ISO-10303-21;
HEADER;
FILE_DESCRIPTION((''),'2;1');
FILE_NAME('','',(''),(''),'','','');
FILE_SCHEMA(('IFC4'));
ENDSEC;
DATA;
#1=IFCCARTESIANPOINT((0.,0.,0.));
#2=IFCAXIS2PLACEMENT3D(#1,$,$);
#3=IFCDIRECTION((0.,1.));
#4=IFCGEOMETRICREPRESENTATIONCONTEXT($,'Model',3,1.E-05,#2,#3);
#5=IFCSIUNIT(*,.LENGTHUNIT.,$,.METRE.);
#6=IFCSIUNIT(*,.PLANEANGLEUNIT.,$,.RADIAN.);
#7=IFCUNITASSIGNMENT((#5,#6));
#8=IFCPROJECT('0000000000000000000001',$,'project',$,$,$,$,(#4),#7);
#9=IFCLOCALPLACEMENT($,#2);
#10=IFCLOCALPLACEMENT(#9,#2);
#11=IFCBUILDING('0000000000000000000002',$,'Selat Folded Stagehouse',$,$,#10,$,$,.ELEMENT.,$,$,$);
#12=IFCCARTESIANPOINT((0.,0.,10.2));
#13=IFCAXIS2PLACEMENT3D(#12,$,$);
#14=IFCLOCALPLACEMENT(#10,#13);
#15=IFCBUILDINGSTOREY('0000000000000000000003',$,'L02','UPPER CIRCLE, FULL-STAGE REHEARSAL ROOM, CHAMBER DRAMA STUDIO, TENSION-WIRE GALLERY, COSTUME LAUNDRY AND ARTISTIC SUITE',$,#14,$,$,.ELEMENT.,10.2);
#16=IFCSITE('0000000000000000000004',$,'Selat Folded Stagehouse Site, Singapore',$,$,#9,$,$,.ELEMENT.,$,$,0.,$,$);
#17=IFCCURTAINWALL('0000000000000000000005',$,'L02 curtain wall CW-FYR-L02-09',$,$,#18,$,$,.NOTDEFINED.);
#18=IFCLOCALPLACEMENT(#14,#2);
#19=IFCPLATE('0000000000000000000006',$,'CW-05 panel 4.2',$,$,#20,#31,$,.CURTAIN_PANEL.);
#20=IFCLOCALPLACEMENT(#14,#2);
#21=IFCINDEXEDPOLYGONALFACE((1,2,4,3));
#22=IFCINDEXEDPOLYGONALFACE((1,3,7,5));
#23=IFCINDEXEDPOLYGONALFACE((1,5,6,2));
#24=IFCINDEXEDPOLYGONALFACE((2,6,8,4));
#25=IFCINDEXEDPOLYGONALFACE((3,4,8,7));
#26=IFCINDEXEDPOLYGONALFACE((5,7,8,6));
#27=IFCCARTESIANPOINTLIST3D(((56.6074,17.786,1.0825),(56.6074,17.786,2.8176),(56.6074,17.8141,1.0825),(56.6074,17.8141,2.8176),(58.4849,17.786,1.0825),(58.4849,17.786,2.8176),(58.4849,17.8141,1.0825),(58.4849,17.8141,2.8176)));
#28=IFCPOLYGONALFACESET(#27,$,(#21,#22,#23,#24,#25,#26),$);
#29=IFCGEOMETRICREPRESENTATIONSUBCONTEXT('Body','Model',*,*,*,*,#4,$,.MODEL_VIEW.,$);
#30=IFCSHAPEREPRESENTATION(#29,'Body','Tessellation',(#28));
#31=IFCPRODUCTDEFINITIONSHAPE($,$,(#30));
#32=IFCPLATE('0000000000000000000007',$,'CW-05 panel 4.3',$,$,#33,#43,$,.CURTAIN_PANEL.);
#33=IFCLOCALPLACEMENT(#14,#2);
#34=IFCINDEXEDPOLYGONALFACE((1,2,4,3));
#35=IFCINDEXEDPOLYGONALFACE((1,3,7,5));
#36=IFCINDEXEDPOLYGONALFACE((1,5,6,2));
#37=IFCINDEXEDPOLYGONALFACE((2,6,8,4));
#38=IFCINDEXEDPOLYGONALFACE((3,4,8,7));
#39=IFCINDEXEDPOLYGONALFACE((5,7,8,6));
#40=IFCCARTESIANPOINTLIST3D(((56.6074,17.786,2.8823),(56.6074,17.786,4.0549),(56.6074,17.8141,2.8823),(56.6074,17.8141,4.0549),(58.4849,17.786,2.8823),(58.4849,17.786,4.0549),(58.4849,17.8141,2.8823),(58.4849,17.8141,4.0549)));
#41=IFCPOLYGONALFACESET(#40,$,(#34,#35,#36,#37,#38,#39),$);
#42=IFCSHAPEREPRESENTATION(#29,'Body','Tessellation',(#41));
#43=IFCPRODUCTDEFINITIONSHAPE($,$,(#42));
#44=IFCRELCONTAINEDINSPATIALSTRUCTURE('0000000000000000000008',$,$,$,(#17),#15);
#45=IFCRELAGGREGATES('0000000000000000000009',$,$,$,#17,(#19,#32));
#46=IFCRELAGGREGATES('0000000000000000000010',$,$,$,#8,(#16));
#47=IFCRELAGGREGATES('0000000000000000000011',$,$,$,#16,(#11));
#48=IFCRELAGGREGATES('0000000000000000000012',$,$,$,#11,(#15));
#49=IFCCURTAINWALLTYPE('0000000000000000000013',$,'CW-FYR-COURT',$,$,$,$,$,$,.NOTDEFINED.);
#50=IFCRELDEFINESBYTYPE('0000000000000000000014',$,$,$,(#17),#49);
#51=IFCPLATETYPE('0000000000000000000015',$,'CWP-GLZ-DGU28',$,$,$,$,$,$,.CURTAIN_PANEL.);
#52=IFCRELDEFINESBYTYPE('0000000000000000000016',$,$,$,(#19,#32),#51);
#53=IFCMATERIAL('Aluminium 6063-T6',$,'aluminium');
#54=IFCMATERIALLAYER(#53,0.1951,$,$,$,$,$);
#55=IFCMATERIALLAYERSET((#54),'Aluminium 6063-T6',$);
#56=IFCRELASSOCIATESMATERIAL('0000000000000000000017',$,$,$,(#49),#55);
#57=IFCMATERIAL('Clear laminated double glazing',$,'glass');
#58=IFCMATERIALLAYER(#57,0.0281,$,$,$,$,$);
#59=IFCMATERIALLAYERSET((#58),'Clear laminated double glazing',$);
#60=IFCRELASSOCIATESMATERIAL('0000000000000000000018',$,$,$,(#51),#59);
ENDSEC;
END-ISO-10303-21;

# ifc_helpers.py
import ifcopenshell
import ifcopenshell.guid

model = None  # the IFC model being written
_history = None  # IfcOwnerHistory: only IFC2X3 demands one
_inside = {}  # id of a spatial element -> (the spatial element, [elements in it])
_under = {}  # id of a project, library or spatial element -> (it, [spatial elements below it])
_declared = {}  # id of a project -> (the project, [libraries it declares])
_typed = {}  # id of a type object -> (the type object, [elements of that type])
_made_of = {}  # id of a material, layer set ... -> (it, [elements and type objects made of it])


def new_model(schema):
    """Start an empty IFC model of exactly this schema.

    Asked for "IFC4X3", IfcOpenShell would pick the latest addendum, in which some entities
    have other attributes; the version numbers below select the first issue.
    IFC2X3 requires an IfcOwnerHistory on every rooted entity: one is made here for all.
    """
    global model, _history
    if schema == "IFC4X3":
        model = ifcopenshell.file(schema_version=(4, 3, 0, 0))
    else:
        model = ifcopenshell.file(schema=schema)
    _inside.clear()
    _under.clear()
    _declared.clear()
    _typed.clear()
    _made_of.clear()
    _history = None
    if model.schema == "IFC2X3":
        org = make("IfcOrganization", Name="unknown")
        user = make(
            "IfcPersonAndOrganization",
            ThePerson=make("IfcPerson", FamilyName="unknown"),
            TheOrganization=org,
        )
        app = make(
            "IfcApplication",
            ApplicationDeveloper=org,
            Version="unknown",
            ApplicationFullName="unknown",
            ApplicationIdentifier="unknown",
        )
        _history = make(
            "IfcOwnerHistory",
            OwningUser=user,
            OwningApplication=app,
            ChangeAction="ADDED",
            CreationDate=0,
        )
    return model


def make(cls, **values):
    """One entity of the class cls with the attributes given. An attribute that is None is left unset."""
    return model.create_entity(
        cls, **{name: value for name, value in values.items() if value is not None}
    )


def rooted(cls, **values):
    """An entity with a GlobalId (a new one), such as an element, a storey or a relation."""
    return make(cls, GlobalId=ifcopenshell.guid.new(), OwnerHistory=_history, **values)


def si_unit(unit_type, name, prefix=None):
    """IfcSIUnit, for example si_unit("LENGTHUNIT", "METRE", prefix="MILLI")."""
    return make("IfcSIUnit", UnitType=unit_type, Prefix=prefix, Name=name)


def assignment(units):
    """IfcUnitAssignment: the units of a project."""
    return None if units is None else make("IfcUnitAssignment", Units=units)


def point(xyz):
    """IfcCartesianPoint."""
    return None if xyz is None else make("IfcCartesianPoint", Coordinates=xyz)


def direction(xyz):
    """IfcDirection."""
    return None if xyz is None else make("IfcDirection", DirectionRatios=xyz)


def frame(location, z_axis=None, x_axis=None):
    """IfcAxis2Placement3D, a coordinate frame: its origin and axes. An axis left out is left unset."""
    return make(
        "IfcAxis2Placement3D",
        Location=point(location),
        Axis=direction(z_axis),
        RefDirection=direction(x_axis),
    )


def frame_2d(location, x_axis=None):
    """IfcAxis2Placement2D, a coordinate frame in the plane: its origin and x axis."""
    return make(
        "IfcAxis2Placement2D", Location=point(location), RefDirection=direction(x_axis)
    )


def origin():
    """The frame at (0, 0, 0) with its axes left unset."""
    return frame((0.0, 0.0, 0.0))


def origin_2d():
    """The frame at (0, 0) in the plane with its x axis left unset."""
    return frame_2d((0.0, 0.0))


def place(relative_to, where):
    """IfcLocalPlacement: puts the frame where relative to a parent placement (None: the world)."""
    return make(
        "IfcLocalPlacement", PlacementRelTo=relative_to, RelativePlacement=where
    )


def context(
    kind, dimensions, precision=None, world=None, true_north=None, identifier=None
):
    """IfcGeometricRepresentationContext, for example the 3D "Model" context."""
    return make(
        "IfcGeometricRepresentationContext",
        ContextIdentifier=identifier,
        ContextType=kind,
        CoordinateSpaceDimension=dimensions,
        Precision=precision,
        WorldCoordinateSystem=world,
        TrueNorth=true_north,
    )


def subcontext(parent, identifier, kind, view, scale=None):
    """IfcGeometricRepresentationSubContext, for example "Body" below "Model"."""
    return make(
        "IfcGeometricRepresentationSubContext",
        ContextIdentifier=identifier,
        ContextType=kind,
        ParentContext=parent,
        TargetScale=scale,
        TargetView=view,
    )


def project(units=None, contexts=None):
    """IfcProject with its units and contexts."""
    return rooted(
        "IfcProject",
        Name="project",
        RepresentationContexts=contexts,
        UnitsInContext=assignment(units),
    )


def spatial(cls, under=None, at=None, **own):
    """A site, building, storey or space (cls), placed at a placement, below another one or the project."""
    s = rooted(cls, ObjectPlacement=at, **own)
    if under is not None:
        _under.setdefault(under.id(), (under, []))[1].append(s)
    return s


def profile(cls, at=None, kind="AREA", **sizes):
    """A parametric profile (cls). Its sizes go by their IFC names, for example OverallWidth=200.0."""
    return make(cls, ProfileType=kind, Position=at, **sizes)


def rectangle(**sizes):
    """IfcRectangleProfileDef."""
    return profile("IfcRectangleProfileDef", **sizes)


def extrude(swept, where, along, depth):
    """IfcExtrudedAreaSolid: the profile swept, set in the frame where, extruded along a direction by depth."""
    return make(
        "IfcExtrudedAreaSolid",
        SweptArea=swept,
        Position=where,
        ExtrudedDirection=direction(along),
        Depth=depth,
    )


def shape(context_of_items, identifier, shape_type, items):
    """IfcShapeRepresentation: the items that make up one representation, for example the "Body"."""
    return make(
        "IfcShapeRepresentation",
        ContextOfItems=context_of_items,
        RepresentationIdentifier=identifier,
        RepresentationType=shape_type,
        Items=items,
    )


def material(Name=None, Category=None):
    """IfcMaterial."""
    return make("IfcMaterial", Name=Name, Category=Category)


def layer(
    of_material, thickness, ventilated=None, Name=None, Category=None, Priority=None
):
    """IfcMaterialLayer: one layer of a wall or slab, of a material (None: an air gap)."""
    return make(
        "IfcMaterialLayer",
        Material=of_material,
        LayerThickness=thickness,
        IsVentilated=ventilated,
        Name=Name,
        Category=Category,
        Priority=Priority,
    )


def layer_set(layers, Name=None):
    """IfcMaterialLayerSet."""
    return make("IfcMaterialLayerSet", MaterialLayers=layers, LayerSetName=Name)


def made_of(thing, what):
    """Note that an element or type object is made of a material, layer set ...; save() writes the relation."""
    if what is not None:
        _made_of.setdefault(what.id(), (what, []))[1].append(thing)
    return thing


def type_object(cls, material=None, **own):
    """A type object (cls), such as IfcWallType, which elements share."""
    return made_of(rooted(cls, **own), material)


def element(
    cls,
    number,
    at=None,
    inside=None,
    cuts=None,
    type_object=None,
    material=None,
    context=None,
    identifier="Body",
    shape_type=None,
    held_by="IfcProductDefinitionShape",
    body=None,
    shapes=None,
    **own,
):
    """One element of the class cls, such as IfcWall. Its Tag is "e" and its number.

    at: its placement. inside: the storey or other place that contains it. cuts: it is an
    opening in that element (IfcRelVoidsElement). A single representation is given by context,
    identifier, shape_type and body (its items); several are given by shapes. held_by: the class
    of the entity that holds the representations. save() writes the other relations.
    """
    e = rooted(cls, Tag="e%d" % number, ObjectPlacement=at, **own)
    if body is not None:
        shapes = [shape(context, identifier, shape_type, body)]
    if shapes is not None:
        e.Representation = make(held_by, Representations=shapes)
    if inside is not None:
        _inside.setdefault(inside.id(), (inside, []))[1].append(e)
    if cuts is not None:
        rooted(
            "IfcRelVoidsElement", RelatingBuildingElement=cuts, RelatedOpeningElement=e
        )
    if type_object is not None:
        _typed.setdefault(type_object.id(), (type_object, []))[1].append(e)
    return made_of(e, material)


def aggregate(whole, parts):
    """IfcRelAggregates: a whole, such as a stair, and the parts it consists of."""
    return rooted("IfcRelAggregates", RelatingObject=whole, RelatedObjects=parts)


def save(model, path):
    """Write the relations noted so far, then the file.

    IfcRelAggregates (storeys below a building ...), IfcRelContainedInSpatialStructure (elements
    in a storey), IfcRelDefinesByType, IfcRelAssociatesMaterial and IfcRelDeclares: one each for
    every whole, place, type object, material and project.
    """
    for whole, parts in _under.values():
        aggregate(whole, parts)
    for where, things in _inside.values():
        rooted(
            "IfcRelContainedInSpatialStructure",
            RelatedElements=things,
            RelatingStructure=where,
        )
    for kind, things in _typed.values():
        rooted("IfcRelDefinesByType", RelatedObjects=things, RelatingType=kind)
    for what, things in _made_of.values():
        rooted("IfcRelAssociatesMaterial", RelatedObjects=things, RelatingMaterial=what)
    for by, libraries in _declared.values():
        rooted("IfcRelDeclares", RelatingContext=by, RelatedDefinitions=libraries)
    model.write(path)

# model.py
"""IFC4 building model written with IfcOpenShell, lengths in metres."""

from ifc_helpers import new_model, si_unit, direction, frame, origin, origin_2d, place, context, subcontext, project, spatial, rectangle, extrude, material, layer, layer_set, type_object, element, aggregate, save


model = new_model("IFC4")

# Units and contexts
model_context = context("Model", 3, precision=1e-05, world=origin(), true_north=direction((0.0, 1.0)))
body_context = subcontext(model_context, "Body", "Model", "MODEL_VIEW")
ifc_project = project(units=[si_unit("LENGTHUNIT", "METRE"), si_unit("PLANEANGLEUNIT", "RADIAN")], contexts=[model_context])

# Site, building, storey
site_placement = place(None, origin())
site = spatial("IfcSite", under=ifc_project, at=site_placement, Name="Selat Folded Stagehouse Site, Singapore", CompositionType="ELEMENT", RefElevation=0.0)
building_placement = place(site_placement, origin())
building = spatial("IfcBuilding", under=site, at=building_placement, Name="Selat Folded Stagehouse", CompositionType="ELEMENT")
storey_placement = place(building_placement, frame((0.0, 0.0, 10.2)))
storey = spatial("IfcBuildingStorey", under=building, at=storey_placement, Name="L02", Description="UPPER CIRCLE, FULL-STAGE REHEARSAL ROOM, CHAMBER DRAMA STUDIO, TENSION-WIRE GALLERY, COSTUME LAUNDRY AND ARTISTIC SUITE", CompositionType="ELEMENT", Elevation=10.2)

# Curtain wall, plates
ifc_material_1 = material(Name="Aluminium 6063-T6", Category="aluminium")
ifc_layer_1 = layer(ifc_material_1, 0.1951)
ifc_layer_set_1 = layer_set([ifc_layer_1], Name="Aluminium 6063-T6")
curtain_wall_type = type_object("IfcCurtainWallType", Name="CW-FYR-COURT", PredefinedType="NOTDEFINED", material=ifc_layer_set_1)
curtain_wall_placement = place(storey_placement, origin())
curtain_wall = element("IfcCurtainWall", 1, at=curtain_wall_placement, inside=storey, type_object=curtain_wall_type, Name="L02 curtain wall CW-FYR-L02-09", PredefinedType="NOTDEFINED")
ifc_material_2 = material(Name="Clear laminated double glazing", Category="glass")
ifc_layer_2 = layer(ifc_material_2, 0.0281)
ifc_layer_set_2 = layer_set([ifc_layer_2], Name="Clear laminated double glazing")
plate_type = type_object("IfcPlateType", Name="CWP-GLZ-DGU28", PredefinedType="CURTAIN_PANEL", material=ifc_layer_set_2)
plate_1_placement = place(storey_placement, frame((57.5461, 17.8, 1.0825), z_axis=(0.0, 0.0, 1.0), x_axis=(1.0, 0.0, 0.0)))
plate_1 = element("IfcPlate", 2, at=plate_1_placement, type_object=plate_type, Name="CW-05 panel 4.2", PredefinedType="CURTAIN_PANEL", context=body_context, shape_type="SweptSolid", body=[
    extrude(rectangle(XDim=1.8774, YDim=0.0281, at=origin_2d()), origin(), (0.0, 0.0, 1.0), 1.7351),
])
plate_2_placement = place(storey_placement, frame((57.5461, 17.8, 2.8823), z_axis=(0.0, 0.0, 1.0), x_axis=(1.0, 0.0, 0.0)))
plate_2 = element("IfcPlate", 3, at=plate_2_placement, type_object=plate_type, Name="CW-05 panel 4.3", PredefinedType="CURTAIN_PANEL", context=body_context, shape_type="SweptSolid", body=[
    extrude(rectangle(XDim=1.8774, YDim=0.0281, at=origin_2d()), origin(), (0.0, 0.0, 1.0), 1.1726),
])
aggregate(curtain_wall, [plate_1, plate_2])

save(model, "model.ifc")
